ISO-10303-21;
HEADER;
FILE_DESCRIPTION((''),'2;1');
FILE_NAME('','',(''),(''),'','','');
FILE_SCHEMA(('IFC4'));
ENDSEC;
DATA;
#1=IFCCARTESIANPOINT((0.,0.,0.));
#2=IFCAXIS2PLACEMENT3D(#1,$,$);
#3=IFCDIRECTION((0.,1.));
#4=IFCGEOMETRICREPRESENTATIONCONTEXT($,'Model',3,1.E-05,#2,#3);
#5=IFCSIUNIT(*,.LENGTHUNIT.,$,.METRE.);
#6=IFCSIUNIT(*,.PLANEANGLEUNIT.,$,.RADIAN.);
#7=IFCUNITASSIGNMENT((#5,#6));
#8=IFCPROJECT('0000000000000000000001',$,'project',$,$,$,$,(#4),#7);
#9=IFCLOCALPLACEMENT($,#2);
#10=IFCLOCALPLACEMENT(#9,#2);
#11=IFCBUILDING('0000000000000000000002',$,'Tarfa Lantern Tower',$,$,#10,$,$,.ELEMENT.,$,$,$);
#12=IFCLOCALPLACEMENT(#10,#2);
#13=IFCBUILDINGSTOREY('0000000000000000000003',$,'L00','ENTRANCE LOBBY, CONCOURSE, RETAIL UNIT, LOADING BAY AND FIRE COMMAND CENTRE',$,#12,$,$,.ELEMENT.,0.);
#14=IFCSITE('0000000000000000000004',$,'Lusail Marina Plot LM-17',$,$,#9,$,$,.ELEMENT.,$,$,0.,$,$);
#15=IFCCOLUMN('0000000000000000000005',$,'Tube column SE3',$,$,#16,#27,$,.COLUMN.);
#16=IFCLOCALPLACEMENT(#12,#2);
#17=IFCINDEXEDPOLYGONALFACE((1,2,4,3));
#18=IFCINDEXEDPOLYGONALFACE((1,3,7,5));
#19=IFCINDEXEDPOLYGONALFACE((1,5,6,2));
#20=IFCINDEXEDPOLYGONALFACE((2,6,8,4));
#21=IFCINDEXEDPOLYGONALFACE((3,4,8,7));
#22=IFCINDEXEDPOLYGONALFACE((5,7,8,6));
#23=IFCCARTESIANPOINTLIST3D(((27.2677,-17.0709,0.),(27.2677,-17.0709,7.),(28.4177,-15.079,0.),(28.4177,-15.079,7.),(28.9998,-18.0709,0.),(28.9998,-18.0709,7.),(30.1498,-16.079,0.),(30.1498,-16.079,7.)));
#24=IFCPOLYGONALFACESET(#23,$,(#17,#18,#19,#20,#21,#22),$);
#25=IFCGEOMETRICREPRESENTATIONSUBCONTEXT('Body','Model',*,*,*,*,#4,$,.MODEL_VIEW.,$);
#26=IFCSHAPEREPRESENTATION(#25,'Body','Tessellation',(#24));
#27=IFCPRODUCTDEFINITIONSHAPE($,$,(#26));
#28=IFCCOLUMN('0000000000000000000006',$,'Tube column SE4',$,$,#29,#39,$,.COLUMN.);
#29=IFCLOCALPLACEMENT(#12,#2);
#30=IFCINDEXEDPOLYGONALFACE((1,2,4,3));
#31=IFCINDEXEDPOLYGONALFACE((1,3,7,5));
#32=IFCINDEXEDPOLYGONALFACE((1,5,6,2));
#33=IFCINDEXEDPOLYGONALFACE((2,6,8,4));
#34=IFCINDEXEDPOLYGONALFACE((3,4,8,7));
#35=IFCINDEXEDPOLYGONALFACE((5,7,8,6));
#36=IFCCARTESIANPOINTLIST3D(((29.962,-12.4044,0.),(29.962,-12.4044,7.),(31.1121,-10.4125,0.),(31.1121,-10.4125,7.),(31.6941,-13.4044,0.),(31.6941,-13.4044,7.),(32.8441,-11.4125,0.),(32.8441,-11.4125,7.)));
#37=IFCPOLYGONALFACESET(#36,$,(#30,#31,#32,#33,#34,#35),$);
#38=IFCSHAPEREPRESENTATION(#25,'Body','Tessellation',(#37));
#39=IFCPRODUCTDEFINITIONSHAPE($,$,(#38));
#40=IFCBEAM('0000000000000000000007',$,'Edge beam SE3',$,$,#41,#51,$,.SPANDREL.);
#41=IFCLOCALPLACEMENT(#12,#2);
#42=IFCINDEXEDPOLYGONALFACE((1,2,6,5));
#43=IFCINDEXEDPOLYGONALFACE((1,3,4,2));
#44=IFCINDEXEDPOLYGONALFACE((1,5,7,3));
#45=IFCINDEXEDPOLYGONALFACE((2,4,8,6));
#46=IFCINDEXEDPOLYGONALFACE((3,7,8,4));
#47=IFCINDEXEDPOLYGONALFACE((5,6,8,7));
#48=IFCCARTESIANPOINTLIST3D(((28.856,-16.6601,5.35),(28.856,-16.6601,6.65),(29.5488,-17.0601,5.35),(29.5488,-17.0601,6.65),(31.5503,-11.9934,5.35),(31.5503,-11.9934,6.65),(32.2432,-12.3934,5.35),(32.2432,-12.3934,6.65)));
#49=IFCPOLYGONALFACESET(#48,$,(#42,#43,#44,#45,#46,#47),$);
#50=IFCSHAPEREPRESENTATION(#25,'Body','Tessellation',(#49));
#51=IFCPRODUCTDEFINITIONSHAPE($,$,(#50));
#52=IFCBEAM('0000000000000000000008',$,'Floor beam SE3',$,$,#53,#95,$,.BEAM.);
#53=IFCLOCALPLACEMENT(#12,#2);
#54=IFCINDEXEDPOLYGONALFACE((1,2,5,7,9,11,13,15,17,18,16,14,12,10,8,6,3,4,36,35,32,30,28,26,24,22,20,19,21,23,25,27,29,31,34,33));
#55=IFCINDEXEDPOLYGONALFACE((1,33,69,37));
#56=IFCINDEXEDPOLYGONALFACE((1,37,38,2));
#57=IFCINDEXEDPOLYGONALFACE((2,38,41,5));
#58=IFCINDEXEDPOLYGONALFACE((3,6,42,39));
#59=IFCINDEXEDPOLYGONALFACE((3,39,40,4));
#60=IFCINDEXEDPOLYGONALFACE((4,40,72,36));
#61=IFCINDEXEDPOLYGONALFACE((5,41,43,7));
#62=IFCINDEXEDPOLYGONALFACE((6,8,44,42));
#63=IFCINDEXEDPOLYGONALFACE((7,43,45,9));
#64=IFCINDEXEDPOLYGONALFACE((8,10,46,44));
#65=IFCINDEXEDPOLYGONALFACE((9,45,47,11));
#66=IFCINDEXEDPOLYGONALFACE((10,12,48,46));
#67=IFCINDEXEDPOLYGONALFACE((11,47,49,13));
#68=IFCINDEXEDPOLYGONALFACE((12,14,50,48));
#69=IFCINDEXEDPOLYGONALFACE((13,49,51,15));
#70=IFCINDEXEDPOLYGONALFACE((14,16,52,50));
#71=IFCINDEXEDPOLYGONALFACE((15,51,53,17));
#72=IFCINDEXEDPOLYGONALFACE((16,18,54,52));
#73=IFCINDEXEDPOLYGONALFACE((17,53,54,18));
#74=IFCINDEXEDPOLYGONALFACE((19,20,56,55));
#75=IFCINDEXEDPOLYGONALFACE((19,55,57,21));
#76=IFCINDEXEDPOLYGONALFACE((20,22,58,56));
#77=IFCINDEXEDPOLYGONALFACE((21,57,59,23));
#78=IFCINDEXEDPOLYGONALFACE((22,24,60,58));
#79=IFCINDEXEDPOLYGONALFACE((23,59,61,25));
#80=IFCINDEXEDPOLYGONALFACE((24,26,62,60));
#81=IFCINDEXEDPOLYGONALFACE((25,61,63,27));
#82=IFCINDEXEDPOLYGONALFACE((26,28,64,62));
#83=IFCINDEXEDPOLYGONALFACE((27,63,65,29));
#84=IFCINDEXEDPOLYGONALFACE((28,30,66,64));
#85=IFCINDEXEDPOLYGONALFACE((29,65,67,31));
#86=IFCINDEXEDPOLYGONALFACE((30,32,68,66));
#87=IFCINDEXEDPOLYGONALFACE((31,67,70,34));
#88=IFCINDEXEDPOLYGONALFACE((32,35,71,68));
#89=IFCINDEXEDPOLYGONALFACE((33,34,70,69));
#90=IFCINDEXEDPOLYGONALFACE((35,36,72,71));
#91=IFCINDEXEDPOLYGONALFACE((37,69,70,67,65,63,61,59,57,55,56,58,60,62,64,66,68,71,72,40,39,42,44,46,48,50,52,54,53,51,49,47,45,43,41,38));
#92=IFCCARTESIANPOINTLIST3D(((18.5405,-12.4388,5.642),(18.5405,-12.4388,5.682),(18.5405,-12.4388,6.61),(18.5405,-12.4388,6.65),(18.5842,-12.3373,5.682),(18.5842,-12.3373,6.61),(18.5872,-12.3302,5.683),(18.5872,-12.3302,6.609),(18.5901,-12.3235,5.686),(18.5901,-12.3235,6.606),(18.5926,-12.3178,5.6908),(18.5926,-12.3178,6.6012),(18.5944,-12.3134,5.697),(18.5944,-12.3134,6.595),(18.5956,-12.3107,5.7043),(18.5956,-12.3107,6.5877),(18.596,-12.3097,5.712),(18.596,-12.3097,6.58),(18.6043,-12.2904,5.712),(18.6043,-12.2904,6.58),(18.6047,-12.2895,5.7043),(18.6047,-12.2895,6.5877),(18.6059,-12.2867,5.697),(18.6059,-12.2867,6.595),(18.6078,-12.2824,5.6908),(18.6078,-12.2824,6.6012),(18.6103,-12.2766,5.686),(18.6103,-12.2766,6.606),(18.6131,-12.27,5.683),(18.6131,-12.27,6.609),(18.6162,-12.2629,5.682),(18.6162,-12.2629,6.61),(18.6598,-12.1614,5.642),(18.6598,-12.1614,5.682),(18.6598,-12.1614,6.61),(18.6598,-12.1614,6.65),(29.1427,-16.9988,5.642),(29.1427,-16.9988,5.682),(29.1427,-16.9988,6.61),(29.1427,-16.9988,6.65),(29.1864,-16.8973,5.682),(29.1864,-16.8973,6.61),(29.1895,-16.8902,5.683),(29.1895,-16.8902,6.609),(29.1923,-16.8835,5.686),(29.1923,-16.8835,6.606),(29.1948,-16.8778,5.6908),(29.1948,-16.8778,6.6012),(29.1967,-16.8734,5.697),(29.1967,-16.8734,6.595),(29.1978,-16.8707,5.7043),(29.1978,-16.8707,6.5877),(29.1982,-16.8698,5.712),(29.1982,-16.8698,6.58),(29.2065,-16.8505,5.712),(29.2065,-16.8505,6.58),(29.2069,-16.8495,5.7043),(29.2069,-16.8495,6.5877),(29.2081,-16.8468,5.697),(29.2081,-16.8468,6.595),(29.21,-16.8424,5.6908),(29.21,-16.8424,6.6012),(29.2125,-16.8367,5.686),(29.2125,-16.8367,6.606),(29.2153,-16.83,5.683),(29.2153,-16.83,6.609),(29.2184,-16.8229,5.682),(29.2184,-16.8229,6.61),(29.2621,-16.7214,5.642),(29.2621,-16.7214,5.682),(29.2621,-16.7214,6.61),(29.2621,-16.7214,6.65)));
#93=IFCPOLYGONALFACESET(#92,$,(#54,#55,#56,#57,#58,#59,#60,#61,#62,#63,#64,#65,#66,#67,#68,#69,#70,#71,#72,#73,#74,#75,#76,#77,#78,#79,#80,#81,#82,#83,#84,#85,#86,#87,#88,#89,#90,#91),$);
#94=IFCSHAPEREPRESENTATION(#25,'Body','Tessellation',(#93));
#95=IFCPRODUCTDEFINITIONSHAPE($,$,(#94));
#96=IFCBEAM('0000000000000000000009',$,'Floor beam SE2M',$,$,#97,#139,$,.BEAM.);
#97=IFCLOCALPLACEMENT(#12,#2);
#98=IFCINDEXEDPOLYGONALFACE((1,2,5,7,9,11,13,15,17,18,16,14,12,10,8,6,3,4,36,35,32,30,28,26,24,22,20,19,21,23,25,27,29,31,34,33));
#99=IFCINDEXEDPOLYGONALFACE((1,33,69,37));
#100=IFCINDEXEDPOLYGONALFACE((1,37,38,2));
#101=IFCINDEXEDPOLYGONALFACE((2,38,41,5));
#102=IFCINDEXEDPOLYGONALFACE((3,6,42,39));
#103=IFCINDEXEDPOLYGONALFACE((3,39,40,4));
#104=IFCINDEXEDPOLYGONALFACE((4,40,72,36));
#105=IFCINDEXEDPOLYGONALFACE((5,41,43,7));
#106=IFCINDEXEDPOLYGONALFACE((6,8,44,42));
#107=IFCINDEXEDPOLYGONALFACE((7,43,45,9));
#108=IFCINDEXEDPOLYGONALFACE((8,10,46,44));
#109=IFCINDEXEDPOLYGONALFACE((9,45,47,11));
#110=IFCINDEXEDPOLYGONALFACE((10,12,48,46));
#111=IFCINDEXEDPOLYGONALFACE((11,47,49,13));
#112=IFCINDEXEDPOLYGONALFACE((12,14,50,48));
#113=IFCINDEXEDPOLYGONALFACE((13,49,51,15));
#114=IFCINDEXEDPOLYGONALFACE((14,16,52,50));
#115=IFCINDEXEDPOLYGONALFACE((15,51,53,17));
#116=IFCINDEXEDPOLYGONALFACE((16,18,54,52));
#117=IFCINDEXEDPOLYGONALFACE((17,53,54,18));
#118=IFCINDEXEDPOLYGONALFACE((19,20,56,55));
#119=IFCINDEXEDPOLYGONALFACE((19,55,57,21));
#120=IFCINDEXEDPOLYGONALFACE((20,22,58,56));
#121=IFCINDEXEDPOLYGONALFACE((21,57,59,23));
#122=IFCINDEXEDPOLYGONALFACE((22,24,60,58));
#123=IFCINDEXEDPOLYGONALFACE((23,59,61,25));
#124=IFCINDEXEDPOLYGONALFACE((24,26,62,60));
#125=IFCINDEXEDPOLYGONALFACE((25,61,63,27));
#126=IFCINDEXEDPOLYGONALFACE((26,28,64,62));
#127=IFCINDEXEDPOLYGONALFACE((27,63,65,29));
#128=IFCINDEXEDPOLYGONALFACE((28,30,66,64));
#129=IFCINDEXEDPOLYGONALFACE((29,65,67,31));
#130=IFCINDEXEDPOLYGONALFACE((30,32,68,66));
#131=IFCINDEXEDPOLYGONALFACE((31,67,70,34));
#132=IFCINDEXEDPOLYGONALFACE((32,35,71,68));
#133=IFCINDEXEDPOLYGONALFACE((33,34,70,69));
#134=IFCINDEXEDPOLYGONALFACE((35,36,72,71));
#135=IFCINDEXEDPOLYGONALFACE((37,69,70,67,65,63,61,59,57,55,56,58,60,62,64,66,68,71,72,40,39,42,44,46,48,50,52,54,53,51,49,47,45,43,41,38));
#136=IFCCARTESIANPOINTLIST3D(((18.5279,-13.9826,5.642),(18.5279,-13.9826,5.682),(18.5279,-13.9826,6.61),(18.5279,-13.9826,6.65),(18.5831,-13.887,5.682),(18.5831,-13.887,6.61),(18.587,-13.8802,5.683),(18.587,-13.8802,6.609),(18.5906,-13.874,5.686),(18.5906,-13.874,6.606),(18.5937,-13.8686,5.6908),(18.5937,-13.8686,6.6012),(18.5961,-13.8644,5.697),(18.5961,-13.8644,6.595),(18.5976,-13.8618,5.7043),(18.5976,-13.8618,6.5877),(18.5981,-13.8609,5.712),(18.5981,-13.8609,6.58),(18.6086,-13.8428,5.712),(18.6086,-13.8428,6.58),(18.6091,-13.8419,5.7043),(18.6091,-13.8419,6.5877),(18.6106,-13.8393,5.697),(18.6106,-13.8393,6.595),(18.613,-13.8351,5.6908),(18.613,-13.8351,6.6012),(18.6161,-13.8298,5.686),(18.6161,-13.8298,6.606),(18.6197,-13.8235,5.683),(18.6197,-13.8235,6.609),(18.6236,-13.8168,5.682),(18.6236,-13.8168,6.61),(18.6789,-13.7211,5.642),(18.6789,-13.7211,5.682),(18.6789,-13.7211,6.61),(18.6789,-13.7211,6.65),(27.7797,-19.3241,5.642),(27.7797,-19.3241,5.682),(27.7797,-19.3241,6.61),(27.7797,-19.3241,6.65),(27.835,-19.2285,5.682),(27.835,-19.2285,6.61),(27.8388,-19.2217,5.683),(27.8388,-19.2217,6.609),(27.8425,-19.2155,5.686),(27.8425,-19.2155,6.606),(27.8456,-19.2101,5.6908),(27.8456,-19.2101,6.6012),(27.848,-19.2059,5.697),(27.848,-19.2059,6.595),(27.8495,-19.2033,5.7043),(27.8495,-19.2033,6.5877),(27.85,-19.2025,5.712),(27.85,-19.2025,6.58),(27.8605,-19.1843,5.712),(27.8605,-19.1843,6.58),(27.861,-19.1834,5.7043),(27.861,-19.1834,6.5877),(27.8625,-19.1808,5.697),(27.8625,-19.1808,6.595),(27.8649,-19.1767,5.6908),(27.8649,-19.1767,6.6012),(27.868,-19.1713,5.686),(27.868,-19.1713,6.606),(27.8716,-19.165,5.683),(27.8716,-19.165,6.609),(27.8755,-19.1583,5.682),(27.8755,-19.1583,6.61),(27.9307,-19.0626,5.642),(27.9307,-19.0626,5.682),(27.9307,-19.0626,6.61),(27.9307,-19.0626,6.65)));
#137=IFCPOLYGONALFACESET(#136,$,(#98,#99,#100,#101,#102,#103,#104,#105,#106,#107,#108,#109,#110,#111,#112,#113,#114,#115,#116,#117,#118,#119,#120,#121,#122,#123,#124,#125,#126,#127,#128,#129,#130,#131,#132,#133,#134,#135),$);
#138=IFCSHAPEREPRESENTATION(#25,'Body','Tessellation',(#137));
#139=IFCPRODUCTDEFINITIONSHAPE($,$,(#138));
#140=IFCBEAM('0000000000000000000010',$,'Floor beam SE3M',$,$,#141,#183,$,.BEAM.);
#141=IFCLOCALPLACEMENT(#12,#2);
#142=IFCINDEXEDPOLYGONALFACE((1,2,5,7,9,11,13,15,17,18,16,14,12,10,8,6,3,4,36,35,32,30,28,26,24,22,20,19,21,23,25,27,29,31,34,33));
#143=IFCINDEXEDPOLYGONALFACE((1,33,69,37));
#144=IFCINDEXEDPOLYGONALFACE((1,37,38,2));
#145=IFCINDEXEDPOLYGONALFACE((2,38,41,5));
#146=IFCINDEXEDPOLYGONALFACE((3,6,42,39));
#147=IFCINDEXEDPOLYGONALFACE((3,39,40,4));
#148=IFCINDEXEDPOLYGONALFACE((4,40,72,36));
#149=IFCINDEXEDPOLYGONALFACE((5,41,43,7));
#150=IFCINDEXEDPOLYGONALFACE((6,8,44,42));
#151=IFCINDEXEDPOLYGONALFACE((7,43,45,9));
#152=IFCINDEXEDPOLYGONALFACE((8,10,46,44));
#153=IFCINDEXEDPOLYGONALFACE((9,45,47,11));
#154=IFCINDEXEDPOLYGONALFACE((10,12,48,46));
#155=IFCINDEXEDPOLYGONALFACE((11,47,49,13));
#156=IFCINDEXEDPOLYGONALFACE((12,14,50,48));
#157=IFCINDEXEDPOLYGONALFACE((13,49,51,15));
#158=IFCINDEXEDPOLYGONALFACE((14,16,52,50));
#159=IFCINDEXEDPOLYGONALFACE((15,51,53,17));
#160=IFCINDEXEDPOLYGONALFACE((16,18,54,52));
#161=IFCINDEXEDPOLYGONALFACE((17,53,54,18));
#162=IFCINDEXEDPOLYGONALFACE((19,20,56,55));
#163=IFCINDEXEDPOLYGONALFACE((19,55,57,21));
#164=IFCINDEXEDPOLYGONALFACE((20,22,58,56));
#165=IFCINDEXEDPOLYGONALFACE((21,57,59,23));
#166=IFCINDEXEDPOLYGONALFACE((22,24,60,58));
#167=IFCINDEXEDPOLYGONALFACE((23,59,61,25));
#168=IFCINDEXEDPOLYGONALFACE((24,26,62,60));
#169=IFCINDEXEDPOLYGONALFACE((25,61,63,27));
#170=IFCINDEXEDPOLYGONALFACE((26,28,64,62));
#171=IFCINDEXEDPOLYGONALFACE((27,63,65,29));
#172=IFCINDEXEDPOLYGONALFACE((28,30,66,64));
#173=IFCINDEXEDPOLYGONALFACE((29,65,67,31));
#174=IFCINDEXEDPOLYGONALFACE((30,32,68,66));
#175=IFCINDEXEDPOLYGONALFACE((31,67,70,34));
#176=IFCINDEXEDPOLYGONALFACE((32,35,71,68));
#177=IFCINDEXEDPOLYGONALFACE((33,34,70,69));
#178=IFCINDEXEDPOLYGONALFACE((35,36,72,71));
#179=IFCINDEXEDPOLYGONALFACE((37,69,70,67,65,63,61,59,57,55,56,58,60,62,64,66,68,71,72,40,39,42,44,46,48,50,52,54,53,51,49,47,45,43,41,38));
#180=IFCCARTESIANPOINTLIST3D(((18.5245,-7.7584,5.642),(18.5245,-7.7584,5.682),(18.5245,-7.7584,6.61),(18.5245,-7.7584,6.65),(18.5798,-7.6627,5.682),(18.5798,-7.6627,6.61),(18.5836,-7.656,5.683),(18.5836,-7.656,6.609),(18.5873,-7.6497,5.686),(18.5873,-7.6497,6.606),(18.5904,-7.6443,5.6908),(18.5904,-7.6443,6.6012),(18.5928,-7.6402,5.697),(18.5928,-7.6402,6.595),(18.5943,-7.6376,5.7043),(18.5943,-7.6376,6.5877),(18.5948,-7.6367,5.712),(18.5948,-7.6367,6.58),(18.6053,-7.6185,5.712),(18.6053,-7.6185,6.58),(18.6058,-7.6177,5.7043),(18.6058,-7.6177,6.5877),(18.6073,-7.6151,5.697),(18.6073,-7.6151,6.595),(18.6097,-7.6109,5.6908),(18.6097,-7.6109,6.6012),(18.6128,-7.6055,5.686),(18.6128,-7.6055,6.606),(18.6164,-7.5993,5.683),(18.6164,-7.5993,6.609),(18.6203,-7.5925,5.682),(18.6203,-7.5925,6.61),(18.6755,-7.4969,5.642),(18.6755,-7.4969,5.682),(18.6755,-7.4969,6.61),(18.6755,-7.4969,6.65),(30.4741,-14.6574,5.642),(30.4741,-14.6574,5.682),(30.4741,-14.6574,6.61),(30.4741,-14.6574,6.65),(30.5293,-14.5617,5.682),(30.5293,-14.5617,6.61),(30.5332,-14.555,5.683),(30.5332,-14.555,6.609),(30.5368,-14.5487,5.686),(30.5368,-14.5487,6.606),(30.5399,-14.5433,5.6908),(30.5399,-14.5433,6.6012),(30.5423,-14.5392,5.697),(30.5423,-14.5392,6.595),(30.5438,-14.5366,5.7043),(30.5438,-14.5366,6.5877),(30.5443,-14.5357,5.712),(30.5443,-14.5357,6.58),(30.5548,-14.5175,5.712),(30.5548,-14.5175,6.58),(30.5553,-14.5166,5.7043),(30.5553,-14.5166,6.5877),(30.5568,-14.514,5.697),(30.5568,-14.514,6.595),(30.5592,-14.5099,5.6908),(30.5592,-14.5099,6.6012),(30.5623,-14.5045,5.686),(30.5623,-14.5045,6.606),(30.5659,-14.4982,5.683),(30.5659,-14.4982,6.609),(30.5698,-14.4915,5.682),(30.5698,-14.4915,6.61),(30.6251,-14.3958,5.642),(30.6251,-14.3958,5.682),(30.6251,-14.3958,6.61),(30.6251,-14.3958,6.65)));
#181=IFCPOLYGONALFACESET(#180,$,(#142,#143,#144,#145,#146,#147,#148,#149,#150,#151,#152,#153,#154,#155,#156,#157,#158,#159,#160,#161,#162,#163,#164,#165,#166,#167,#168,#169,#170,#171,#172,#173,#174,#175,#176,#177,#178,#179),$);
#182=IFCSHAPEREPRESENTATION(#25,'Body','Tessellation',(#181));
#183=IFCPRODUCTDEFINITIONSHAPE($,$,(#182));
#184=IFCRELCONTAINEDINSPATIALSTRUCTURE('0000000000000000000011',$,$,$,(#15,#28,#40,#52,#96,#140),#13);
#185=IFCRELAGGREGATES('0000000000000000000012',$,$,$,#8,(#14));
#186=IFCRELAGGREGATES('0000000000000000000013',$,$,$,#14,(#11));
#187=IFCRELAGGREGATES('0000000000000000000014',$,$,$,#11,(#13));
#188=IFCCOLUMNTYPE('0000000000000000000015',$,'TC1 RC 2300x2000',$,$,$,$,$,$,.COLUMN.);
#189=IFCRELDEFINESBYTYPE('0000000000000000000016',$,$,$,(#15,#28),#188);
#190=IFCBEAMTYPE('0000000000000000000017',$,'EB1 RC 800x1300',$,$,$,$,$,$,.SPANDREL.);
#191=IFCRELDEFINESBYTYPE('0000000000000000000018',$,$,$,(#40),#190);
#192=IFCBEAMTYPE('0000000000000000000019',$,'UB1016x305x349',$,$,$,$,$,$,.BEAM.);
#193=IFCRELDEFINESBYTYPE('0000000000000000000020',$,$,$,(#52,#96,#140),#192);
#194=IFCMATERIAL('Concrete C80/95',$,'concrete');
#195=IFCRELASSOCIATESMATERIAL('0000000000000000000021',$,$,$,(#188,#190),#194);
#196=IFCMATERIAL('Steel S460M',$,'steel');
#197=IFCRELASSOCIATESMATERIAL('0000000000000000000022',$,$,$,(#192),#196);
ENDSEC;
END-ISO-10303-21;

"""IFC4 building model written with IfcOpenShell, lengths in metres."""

from ifc_helpers import new_model, si_unit, direction, frame, origin, origin_2d, place, context, subcontext, project, spatial, rectangle, i_section, extrude, material, material_profile, profile_set, type_object, element, save


model = new_model("IFC4")

# Units and contexts
model_context = context("Model", 3, precision=1e-05, world=origin(), true_north=direction((0.0, 1.0)))
body_context = subcontext(model_context, "Body", "Model", "MODEL_VIEW")
ifc_project = project(units=[si_unit("LENGTHUNIT", "METRE"), si_unit("PLANEANGLEUNIT", "RADIAN")], contexts=[model_context])

# Site, building, storey
site_placement = place(None, origin())
site = spatial("IfcSite", under=ifc_project, at=site_placement, Name="Lusail Marina Plot LM-17", CompositionType="ELEMENT", RefElevation=0.0)
building_placement = place(site_placement, origin())
building = spatial("IfcBuilding", under=site, at=building_placement, Name="Tarfa Lantern Tower", CompositionType="ELEMENT")
storey_placement = place(building_placement, origin())
storey = spatial("IfcBuildingStorey", under=building, at=storey_placement, Name="L00", Description="ENTRANCE LOBBY, CONCOURSE, RETAIL UNIT, LOADING BAY AND FIRE COMMAND CENTRE", CompositionType="ELEMENT", Elevation=0.0)

# Columns
ifc_material_1 = material(Name="Concrete C80/95", Category="concrete")
ifc_material_profile_1 = material_profile(ifc_material_1, rectangle(XDim=2.3, YDim=2.0, at=origin_2d()), Name="RC 2300x2000")
ifc_profile_set_1 = profile_set([ifc_material_profile_1], Name="Concrete C80/95")
column_type = type_object("IfcColumnType", Name="TC1 RC 2300x2000", PredefinedType="COLUMN", material=ifc_profile_set_1)
for number, where, z_axis, x_axis, name in (
    (1, (28.7087, -16.575, 0.0), (0.0, 0.0, 1.0), (0.5, 0.866025, 0.0), "Tube column SE3"),
    (2, (31.4031, -11.9084, 0.0), (0.0, 0.0, 1.0), (0.5, 0.866025, 0.0), "Tube column SE4"),
):
    element("IfcColumn", number, at=place(storey_placement, frame(where, z_axis=z_axis, x_axis=x_axis)), inside=storey, type_object=column_type, Name=name, PredefinedType="COLUMN", context=body_context, shape_type="SweptSolid", body=[
        extrude(rectangle(XDim=2.3, YDim=2.0, at=origin_2d()), origin(), (0.0, 0.0, 1.0), 7.0),
    ])

# Beams
ifc_material_profile_2 = material_profile(ifc_material_1, rectangle(XDim=0.8, YDim=1.3, at=origin_2d()), Name="RC 800x1300")
ifc_profile_set_2 = profile_set([ifc_material_profile_2], Name="Concrete C80/95")
beam_type_1 = type_object("IfcBeamType", Name="EB1 RC 800x1300", PredefinedType="SPANDREL", material=ifc_profile_set_2)
beam_1_placement = place(storey_placement, frame((29.2024, -16.8601, 6.0), z_axis=(0.499998, 0.866026, 0.0), x_axis=(-0.866026, 0.499998, 0.0)))
element("IfcBeam", 3, at=beam_1_placement, inside=storey, type_object=beam_type_1, Name="Edge beam SE3", PredefinedType="SPANDREL", context=body_context, shape_type="SweptSolid", body=[
    extrude(rectangle(XDim=0.8, YDim=1.3, at=origin_2d()), origin(), (0.0, 0.0, 1.0), 5.3887),
])
ifc_material_2 = material(Name="Steel S460M", Category="steel")
ifc_material_profile_3 = material_profile(ifc_material_2, i_section(OverallWidth=0.302, OverallDepth=1.0081, WebThickness=0.021, FlangeThickness=0.04, FilletRadius=0.03, at=origin_2d()), Name="UB1016x305x349")
ifc_profile_set_3 = profile_set([ifc_material_profile_3], Name="Steel S460M")
beam_type_2 = type_object("IfcBeamType", Name="UB1016x305x349", PredefinedType="BEAM", material=ifc_profile_set_3)
beam_2_placement = place(storey_placement, frame((29.2024, -16.8601, 6.146), z_axis=(-0.918635, 0.395106, 0.0), x_axis=(-0.395106, -0.918635, 0.0)))
element("IfcBeam", 4, at=beam_2_placement, inside=storey, type_object=beam_type_2, Name="Floor beam SE3", PredefinedType="BEAM", context=body_context, shape_type="SweptSolid", body=[
    extrude(i_section(OverallWidth=0.302, OverallDepth=1.0081, WebThickness=0.021, FlangeThickness=0.04, FilletRadius=0.03, at=origin_2d()), origin(), (0.0, 0.0, 1.0), 11.5413),
])
beam_3_placement = place(storey_placement, frame((27.8552, -19.1934, 6.146), z_axis=(-0.866028, 0.499995, 0.0), x_axis=(-0.499995, -0.866028, 0.0)))
element("IfcBeam", 5, at=beam_3_placement, inside=storey, type_object=beam_type_2, Name="Floor beam SE2M", PredefinedType="BEAM", context=body_context, shape_type="SweptSolid", body=[
    extrude(i_section(OverallWidth=0.302, OverallDepth=1.0081, WebThickness=0.021, FlangeThickness=0.04, FilletRadius=0.03, at=origin_2d()), origin(), (0.0, 0.0, 1.0), 10.6831),
])
beam_4_placement = place(storey_placement, frame((30.5496, -14.5266, 6.146), z_axis=(-0.866029, 0.499995, 0.0), x_axis=(-0.499995, -0.866029, 0.0)))
element("IfcBeam", 6, at=beam_4_placement, inside=storey, type_object=beam_type_2, Name="Floor beam SE3M", PredefinedType="BEAM", context=body_context, shape_type="SweptSolid", body=[
    extrude(i_section(OverallWidth=0.302, OverallDepth=1.0081, WebThickness=0.021, FlangeThickness=0.04, FilletRadius=0.03, at=origin_2d()), origin(), (0.0, 0.0, 1.0), 13.7981),
])

save(model, "model.ifc")
